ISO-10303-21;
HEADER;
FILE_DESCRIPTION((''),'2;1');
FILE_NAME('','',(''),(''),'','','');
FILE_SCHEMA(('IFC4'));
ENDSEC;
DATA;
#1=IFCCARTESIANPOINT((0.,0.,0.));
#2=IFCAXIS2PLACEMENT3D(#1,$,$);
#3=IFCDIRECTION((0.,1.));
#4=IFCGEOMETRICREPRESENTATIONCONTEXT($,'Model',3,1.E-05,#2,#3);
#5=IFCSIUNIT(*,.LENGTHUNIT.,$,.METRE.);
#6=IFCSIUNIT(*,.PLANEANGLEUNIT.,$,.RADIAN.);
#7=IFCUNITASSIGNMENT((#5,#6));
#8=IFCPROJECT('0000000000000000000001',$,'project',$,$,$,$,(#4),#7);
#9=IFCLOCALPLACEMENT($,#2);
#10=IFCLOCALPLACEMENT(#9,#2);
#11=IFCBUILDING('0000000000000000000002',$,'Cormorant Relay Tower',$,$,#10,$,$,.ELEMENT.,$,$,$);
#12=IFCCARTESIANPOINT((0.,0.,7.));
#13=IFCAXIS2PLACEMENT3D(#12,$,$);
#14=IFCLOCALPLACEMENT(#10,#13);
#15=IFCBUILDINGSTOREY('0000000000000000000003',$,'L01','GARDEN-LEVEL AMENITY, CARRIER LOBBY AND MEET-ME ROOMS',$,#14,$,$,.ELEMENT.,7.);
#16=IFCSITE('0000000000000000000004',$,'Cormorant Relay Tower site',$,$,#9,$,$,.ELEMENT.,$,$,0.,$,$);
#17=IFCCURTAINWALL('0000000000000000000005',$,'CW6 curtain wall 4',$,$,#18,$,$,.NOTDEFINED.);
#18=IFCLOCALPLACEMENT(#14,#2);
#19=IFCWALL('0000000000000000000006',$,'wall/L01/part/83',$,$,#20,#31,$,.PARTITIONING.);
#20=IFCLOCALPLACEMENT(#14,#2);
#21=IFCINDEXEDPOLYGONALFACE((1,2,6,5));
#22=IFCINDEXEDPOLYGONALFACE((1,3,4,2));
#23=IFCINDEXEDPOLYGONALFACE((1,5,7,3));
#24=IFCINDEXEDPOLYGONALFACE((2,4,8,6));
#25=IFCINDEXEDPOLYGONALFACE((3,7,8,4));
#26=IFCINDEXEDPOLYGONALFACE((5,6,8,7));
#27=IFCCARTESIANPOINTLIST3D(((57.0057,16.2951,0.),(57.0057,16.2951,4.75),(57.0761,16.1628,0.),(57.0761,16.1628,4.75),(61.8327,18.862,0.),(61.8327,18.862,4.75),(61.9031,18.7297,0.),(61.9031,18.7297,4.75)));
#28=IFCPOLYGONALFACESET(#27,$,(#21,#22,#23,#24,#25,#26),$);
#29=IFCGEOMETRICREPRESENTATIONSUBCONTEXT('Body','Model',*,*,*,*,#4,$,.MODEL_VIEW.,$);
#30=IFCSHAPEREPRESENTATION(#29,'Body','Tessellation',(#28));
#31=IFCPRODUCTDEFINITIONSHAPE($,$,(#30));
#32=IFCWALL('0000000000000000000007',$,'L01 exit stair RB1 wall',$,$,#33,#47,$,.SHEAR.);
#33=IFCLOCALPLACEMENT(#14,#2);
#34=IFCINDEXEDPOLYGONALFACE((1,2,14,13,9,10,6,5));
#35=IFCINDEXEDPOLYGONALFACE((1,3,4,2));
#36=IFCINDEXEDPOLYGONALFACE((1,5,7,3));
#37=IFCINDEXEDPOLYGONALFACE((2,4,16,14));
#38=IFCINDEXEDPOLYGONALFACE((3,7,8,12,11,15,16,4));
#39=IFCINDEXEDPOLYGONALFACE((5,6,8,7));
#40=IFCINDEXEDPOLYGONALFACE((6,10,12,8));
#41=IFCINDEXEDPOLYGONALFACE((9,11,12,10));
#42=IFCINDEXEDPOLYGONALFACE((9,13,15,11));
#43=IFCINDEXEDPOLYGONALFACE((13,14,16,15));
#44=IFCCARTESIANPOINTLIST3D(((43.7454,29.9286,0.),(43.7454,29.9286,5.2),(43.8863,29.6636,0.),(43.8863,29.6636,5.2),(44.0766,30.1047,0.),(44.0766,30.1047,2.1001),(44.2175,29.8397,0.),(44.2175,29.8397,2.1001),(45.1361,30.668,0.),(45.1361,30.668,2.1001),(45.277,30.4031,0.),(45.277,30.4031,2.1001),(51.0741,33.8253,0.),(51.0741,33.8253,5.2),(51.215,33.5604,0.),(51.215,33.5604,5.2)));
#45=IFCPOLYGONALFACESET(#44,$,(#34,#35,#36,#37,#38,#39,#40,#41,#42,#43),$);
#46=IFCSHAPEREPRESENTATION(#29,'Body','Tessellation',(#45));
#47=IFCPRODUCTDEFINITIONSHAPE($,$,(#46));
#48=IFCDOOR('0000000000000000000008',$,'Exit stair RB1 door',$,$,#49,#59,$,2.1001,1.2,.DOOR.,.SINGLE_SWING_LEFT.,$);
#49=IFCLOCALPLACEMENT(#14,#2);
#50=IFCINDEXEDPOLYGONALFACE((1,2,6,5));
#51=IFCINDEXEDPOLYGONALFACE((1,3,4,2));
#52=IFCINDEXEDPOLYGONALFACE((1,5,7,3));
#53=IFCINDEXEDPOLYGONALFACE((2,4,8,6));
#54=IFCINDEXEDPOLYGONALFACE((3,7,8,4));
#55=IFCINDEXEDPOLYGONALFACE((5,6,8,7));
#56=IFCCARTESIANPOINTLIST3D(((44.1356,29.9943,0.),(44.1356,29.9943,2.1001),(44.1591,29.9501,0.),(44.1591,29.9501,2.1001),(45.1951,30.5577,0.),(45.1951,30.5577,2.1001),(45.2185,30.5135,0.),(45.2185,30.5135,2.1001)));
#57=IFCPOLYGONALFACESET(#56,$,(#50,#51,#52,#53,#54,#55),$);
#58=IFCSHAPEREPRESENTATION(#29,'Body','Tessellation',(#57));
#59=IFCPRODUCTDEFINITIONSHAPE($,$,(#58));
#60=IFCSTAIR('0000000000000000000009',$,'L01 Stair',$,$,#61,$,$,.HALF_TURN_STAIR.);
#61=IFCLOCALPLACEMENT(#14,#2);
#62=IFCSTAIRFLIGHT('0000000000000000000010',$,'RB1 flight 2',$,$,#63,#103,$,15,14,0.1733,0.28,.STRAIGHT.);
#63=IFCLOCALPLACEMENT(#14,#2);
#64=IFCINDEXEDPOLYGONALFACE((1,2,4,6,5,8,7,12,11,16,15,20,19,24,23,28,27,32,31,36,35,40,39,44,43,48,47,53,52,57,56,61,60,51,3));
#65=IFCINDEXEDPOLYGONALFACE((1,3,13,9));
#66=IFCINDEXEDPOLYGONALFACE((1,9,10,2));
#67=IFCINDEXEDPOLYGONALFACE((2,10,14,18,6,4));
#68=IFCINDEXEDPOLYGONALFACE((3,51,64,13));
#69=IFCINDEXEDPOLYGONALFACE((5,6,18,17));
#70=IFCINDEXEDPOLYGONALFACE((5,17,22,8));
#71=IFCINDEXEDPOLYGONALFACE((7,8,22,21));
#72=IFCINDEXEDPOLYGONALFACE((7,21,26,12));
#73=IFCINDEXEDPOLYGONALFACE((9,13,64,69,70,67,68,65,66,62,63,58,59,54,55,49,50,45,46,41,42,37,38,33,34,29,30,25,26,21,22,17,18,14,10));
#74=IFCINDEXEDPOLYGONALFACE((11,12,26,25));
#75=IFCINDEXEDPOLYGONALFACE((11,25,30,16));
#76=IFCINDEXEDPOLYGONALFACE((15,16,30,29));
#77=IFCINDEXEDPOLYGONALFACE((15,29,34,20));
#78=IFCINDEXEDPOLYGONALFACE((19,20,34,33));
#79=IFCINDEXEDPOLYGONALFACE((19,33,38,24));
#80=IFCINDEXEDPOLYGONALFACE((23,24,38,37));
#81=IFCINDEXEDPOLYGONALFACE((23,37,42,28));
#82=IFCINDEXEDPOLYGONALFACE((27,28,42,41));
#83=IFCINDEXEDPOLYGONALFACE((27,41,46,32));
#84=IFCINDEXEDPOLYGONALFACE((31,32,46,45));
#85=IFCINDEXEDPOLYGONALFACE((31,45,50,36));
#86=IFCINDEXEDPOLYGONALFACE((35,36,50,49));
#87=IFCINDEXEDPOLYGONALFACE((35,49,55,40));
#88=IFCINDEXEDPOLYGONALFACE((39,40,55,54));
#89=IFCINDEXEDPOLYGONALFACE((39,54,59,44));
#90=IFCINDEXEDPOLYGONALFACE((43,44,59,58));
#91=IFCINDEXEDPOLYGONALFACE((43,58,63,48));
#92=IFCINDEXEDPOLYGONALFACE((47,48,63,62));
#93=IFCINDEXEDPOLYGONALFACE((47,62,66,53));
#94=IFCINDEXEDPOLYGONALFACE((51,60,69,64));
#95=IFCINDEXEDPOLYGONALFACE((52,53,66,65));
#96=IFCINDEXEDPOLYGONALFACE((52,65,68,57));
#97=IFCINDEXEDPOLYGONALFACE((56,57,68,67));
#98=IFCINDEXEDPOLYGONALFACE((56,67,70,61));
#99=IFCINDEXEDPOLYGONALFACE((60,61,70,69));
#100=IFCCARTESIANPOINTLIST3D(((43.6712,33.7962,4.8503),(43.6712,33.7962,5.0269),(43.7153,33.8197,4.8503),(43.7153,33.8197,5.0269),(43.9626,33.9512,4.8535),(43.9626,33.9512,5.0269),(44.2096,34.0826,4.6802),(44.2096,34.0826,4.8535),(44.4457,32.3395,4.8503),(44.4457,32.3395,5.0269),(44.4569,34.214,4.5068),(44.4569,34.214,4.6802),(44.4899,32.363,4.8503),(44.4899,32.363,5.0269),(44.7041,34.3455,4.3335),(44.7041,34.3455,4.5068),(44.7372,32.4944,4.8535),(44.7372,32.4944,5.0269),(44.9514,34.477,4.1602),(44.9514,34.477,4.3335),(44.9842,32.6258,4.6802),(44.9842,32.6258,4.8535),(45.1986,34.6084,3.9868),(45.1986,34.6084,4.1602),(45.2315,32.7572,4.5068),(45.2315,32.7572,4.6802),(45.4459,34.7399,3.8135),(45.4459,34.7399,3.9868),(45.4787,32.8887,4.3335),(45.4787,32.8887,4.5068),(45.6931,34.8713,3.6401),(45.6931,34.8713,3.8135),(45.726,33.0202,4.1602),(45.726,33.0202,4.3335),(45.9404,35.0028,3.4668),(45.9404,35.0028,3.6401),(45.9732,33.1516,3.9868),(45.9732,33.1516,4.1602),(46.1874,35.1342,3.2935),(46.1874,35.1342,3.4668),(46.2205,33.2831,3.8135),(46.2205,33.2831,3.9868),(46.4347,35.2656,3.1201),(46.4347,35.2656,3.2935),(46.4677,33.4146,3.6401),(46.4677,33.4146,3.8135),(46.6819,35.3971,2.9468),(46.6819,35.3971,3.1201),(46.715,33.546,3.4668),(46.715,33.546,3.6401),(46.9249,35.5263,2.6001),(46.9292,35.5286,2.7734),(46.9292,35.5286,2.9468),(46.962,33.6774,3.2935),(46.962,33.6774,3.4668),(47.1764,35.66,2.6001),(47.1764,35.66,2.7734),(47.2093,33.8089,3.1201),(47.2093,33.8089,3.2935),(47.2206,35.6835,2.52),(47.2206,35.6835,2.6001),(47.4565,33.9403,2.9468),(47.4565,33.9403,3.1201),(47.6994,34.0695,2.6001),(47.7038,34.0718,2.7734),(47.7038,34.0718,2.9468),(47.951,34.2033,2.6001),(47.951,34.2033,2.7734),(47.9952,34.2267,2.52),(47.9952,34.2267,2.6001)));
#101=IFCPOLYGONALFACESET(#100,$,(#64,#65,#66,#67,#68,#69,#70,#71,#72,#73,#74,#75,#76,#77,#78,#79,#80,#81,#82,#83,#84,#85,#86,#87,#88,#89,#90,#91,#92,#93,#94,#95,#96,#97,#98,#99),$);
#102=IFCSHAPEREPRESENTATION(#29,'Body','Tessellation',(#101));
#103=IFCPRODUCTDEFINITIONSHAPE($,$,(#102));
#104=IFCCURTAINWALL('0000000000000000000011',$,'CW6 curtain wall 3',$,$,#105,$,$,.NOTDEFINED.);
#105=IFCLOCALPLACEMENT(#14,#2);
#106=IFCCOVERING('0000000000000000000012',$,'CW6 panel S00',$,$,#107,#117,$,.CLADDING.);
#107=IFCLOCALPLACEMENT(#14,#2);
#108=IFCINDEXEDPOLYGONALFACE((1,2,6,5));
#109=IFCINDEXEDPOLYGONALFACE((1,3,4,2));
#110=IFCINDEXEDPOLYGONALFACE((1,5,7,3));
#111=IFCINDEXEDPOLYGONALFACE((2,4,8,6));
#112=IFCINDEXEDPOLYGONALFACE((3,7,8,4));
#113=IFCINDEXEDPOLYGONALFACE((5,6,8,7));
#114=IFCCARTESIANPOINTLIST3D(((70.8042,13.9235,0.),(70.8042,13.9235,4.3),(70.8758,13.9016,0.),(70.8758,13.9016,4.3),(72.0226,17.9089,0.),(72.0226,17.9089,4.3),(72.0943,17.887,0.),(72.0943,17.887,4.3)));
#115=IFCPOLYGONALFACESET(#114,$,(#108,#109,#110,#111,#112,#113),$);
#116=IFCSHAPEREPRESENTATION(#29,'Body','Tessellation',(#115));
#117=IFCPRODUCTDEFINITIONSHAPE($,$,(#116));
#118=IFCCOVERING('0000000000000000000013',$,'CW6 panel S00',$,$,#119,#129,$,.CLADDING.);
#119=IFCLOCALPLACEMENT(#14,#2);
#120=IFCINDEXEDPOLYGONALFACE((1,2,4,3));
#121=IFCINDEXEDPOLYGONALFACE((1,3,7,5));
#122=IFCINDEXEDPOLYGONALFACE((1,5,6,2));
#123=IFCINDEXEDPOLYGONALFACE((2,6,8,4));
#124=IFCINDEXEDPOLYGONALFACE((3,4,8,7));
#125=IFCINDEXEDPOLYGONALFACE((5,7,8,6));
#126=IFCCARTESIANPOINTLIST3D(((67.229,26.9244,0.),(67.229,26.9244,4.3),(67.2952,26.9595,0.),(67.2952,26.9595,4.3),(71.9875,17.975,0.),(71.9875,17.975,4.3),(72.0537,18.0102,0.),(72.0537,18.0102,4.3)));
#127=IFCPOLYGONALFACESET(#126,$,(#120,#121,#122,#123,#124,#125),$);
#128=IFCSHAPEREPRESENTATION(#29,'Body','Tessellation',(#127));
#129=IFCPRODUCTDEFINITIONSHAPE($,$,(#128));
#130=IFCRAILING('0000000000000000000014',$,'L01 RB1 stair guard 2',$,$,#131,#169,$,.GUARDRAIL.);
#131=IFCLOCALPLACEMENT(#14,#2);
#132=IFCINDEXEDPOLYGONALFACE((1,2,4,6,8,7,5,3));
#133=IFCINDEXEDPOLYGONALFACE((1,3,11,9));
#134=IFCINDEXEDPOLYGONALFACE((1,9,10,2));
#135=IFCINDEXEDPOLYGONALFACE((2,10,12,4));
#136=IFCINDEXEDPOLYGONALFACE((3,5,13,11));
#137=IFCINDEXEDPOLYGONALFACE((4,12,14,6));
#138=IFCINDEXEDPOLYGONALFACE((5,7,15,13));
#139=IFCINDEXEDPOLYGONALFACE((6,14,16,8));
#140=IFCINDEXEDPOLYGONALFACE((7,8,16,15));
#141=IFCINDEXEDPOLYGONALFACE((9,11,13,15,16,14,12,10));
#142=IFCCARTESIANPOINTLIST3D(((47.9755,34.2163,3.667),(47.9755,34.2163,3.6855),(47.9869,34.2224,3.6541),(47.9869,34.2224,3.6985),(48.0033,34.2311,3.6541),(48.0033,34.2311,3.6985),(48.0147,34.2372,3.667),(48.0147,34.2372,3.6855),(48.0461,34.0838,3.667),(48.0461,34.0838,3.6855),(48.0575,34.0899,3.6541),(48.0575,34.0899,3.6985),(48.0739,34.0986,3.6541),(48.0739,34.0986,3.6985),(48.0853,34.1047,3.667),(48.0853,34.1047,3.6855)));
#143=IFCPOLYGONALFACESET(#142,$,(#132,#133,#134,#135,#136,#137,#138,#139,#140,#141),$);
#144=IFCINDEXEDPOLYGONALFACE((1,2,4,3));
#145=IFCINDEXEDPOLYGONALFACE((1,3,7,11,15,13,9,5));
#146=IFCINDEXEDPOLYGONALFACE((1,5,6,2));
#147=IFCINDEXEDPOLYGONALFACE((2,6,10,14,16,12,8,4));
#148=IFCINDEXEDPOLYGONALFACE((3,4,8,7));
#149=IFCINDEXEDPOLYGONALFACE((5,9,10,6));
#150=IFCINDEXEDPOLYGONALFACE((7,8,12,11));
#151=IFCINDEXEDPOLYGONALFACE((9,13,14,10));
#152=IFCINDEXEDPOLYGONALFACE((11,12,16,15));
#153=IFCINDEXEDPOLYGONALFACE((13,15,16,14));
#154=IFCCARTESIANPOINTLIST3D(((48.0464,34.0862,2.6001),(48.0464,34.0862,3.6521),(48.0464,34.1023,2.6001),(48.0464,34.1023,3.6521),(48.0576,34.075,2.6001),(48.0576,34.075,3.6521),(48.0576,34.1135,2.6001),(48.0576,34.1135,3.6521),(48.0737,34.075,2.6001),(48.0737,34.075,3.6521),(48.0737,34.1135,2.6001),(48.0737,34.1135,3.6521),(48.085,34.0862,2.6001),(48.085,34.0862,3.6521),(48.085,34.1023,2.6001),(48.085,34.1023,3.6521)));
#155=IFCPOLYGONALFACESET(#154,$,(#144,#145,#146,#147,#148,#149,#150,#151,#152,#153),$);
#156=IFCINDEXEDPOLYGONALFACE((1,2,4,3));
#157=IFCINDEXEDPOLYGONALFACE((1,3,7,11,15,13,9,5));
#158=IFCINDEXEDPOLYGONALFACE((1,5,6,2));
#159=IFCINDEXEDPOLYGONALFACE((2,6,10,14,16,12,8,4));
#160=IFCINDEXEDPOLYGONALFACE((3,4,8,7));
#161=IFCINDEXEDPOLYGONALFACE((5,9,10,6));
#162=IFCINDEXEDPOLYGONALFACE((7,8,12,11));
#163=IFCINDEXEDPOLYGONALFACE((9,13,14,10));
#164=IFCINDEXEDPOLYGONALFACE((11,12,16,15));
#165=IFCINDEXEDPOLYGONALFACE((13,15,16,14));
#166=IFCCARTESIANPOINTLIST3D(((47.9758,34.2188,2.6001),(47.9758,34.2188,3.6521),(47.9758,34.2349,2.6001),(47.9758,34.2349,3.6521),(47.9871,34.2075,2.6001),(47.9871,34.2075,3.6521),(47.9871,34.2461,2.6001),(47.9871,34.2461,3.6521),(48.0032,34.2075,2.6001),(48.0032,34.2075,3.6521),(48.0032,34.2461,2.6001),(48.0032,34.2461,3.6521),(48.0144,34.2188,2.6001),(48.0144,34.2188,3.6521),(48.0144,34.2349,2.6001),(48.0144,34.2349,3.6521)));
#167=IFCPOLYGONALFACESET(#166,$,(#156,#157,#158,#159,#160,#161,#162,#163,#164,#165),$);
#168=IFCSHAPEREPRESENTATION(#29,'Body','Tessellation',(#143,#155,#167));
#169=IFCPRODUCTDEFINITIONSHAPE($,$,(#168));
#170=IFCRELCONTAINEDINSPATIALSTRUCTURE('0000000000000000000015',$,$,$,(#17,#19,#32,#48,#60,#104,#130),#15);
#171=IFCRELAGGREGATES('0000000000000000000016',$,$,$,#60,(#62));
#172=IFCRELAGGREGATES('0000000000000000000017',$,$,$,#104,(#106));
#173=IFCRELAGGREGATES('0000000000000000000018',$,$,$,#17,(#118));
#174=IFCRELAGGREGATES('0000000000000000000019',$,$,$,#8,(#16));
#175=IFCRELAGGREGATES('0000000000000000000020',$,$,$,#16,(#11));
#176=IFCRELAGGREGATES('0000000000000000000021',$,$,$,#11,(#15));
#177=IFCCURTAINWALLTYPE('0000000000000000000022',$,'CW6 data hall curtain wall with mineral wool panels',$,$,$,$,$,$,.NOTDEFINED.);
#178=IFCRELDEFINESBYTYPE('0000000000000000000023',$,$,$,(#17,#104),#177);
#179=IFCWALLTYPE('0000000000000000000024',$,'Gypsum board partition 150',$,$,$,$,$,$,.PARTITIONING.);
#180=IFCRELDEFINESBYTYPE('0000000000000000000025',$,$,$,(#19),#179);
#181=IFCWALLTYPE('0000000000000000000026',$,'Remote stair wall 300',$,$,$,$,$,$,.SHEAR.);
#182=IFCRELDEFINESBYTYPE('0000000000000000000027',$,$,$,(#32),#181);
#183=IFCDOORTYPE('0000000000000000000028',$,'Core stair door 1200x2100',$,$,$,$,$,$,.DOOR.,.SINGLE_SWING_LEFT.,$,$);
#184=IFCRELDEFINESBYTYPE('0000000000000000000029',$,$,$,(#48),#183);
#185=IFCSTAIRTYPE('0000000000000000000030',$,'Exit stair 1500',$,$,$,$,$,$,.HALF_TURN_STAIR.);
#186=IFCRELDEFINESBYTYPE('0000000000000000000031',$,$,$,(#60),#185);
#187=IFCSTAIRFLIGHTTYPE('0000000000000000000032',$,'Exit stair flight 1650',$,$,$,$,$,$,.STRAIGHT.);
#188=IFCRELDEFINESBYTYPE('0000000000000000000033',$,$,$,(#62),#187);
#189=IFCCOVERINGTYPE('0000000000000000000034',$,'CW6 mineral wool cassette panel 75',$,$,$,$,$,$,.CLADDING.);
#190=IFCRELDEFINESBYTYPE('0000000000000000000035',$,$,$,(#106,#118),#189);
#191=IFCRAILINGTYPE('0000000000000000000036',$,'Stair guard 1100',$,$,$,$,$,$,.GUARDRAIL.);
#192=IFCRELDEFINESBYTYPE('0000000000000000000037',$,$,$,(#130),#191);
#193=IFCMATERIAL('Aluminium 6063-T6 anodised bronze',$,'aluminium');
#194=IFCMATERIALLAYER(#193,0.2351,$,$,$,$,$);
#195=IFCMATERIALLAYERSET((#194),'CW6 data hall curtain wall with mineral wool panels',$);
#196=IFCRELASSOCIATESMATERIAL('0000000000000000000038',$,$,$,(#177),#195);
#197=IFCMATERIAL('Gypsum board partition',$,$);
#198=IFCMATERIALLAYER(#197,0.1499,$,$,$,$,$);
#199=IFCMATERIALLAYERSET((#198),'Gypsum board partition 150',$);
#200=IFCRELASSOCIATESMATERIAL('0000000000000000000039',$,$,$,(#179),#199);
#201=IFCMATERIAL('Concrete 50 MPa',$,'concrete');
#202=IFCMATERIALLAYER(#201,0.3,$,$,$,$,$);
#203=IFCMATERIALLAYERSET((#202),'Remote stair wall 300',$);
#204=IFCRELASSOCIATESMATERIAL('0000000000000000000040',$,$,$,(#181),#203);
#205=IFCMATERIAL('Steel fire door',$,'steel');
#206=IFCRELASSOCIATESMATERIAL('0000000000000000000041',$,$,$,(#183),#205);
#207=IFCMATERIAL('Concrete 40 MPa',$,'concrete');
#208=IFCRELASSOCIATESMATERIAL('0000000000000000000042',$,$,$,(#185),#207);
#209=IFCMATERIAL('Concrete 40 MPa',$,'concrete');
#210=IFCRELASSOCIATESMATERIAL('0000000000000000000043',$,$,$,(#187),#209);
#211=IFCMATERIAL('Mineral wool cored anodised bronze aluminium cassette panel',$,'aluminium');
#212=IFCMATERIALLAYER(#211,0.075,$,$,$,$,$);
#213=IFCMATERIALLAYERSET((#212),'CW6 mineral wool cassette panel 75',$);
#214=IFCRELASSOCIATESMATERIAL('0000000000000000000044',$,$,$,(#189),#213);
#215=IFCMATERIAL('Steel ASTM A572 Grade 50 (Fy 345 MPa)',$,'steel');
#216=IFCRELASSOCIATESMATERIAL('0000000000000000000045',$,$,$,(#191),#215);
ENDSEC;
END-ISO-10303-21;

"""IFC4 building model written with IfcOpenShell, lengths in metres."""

from ifc_helpers import new_model, si_unit, direction, frame, frame_2d, origin, origin_2d, place, context, subcontext, project, spatial, polyline, rectangle, outline, extrude, material, layer, layer_set, type_object, element, fill, aggregate, save


model = new_model("IFC4")

# Units and contexts
model_context = context("Model", 3, precision=1e-05, world=origin(), true_north=direction((0.0, 1.0)))
body_context = subcontext(model_context, "Body", "Model", "MODEL_VIEW")
ifc_project = project(units=[si_unit("LENGTHUNIT", "METRE"), si_unit("PLANEANGLEUNIT", "RADIAN")], contexts=[model_context])

# Site, building, storey
site_placement = place(None, origin())
site = spatial("IfcSite", under=ifc_project, at=site_placement, Name="Cormorant Relay Tower site", CompositionType="ELEMENT", RefElevation=0.0)
building_placement = place(site_placement, origin())
building = spatial("IfcBuilding", under=site, at=building_placement, Name="Cormorant Relay Tower", CompositionType="ELEMENT")
storey_placement = place(building_placement, frame((0.0, 0.0, 7.0)))
storey = spatial("IfcBuildingStorey", under=building, at=storey_placement, Name="L01", Description="GARDEN-LEVEL AMENITY, CARRIER LOBBY AND MEET-ME ROOMS", CompositionType="ELEMENT", Elevation=7.0)

# Curtain wall
ifc_material_1 = material(Name="Aluminium 6063-T6 anodised bronze", Category="aluminium")
ifc_layer_1 = layer(ifc_material_1, 0.2351)
ifc_layer_set_1 = layer_set([ifc_layer_1], Name="CW6 data hall curtain wall with mineral wool panels")
curtain_wall_type = type_object("IfcCurtainWallType", Name="CW6 data hall curtain wall with mineral wool panels", PredefinedType="NOTDEFINED", material=ifc_layer_set_1)
curtain_wall_1_placement = place(storey_placement, origin())
curtain_wall_1 = element("IfcCurtainWall", 1, at=curtain_wall_1_placement, inside=storey, type_object=curtain_wall_type, Name="CW6 curtain wall 4", PredefinedType="NOTDEFINED")

# Wall
ifc_material_2 = material(Name="Gypsum board partition")
ifc_layer_2 = layer(ifc_material_2, 0.1499)
ifc_layer_set_2 = layer_set([ifc_layer_2], Name="Gypsum board partition 150")
wall_type_1 = type_object("IfcWallType", Name="Gypsum board partition 150", PredefinedType="PARTITIONING", material=ifc_layer_set_2)
wall_1_placement = place(storey_placement, frame((57.041, 16.229, 0.0), z_axis=(0.0, 0.0, 1.0), x_axis=(0.882918, 0.469526, 0.0)))
element("IfcWall", 2, at=wall_1_placement, inside=storey, type_object=wall_type_1, Name="wall/L01/part/83", PredefinedType="PARTITIONING", context=body_context, shape_type="SweptSolid", body=[
    extrude(rectangle(XDim=5.467, YDim=0.1499, at=frame_2d((2.7334, 0.0))), origin(), (0.0, 0.0, 1.0), 4.75),
])

# Wall, opening, door
ifc_material_3 = material(Name="Concrete 50 MPa", Category="concrete")
ifc_layer_3 = layer(ifc_material_3, 0.3)
ifc_layer_set_3 = layer_set([ifc_layer_3], Name="Remote stair wall 300")
wall_type_2 = type_object("IfcWallType", Name="Remote stair wall 300", PredefinedType="SHEAR", material=ifc_layer_set_3)
wall_2_placement = place(storey_placement, frame((51.1445, 33.6929, 0.0), z_axis=(0.0, 0.0, 1.0), x_axis=(-0.882946, -0.469475, 0.0)))
wall_2 = element("IfcWall", 3, at=wall_2_placement, inside=storey, type_object=wall_type_2, Name="L01 exit stair RB1 wall", PredefinedType="SHEAR", context=body_context, shape_type="SweptSolid", body=[
    extrude(rectangle(XDim=8.3003, YDim=0.3, at=frame_2d((4.1501, 0.0))), origin(), (0.0, 0.0, 1.0), 5.2),
])
opening_1_placement = place(wall_2_placement, frame((6.7251, 0.0, 0.0)))
opening_1 = element("IfcOpeningElement", 4, at=opening_1_placement, cuts=wall_2, PredefinedType="OPENING", context=body_context, shape_type="SweptSolid", body=[
    extrude(rectangle(XDim=1.2, YDim=2.1001, at=frame_2d((0.6001, 1.05))), frame((0.0, 0.1599, 0.0), z_axis=(0.0, -1.0, 0.0), x_axis=(1.0, 0.0, 0.0)), (0.0, 0.0, 1.0), 0.3201),
])
ifc_material_4 = material(Name="Steel fire door", Category="steel")
door_type_1 = type_object("IfcDoorType", Name="Core stair door 1200x2100", OperationType="SINGLE_SWING_LEFT", PredefinedType="DOOR", material=ifc_material_4)
door_1_placement = place(opening_1_placement, frame((1.2, 0.0, 0.0), z_axis=(0.0, 0.0, 1.0), x_axis=(-1.0, 0.0, 0.0)))
door_1 = element("IfcDoor", 5, at=door_1_placement, inside=storey, type_object=door_type_1, Name="Exit stair RB1 door", OperationType="SINGLE_SWING_LEFT", OverallHeight=2.1001, OverallWidth=1.2, PredefinedType="DOOR", context=body_context, shape_type="SweptSolid", body=[
    extrude(rectangle(XDim=1.2, YDim=2.1001, at=frame_2d((0.6001, 1.05))), frame((0.0, 0.0249, 0.0), z_axis=(0.0, -1.0, 0.0), x_axis=(1.0, 0.0, 0.0)), (0.0, 0.0, 1.0), 0.05),
])
fill(opening_1, door_1)

# Stair, stair flight
ifc_material_5 = material(Name="Concrete 40 MPa", Category="concrete")
stair_type = type_object("IfcStairType", Name="Exit stair 1500", PredefinedType="HALF_TURN_STAIR", material=ifc_material_5)
stair_placement = place(storey_placement, origin())
stair = element("IfcStair", 6, at=stair_placement, inside=storey, type_object=stair_type, Name="L01 Stair", PredefinedType="HALF_TURN_STAIR")
ifc_material_6 = material(Name="Concrete 40 MPa", Category="concrete")
stair_flight_type = type_object("IfcStairFlightType", Name="Exit stair flight 1650", PredefinedType="STRAIGHT", material=ifc_material_6)
stair_flight_placement = place(storey_placement, frame((47.5637, 34.9316, 2.6001), z_axis=(0.0, 0.0, 1.0), x_axis=(-0.882948, -0.469472, 0.0)))
stair_flight = element("IfcStairFlight", 7, at=stair_flight_placement, type_object=stair_flight_type, Name="RB1 flight 2", NumberOfRisers=15, NumberOfTreads=14, PredefinedType="STRAIGHT", RiserHeight=0.1733, TreadLength=0.28, context=body_context, shape_type="SweptSolid", body=[
    extrude(outline(polyline([(-0.05, -0.0801), (-0.05, 0.0), (0.0, 0.0), (0.0, 0.1733), (0.28, 0.1733), (0.28, 0.3467), (0.5601, 0.3467), (0.5601, 0.52), (0.8401, 0.52), (0.8401, 0.6934), (1.1201, 0.6934), (1.1201, 0.8667), (1.3999, 0.8667), (1.3999, 1.04), (1.6799, 1.04), (1.6799, 1.2134), (1.96, 1.2134), (1.96, 1.3867), (2.24, 1.3867), (2.24, 1.5601), (2.52, 1.5601), (2.52, 1.7334), (2.8, 1.7334), (2.8, 1.9067), (3.0801, 1.9067), (3.0801, 2.0801), (3.3601, 2.0801), (3.3601, 2.2534), (3.6399, 2.2534), (3.6399, 2.4268), (3.9199, 2.4268), (3.97, 2.4268), (3.97, 2.2502), (3.9199, 2.2502), (0.2849, 0.0), (-0.05, -0.0801)])), frame((0.0, 0.825, 0.0), z_axis=(0.0, -1.0, 0.0), x_axis=(1.0, 0.0, 0.0)), (0.0, 0.0, 1.0), 1.6499),
])
aggregate(stair, [stair_flight])

# Curtain wall, covering
curtain_wall_2_placement = place(storey_placement, origin())
curtain_wall_2 = element("IfcCurtainWall", 8, at=curtain_wall_2_placement, inside=storey, type_object=curtain_wall_type, Name="CW6 curtain wall 3", PredefinedType="NOTDEFINED")
ifc_material_7 = material(Name="Mineral wool cored anodised bronze aluminium cassette panel", Category="aluminium")
ifc_layer_4 = layer(ifc_material_7, 0.075)
ifc_layer_set_4 = layer_set([ifc_layer_4], Name="CW6 mineral wool cassette panel 75")
covering_type = type_object("IfcCoveringType", Name="CW6 mineral wool cassette panel 75", PredefinedType="CLADDING", material=ifc_layer_set_4)
covering_1_placement = place(storey_placement, frame((71.4492, 15.9053, 0.0), z_axis=(0.0, 0.0, 1.0), x_axis=(0.292372, 0.956305, 0.0)))
covering_1 = element("IfcCovering", 9, at=covering_1_placement, type_object=covering_type, Name="CW6 panel S00", PredefinedType="CLADDING", context=body_context, shape_type="SweptSolid", body=[
    extrude(rectangle(XDim=4.1675, YDim=0.075, at=origin_2d()), origin(), (0.0, 0.0, 1.0), 4.3),
])
aggregate(curtain_wall_2, [covering_1])

# Covering
covering_2_placement = place(storey_placement, frame((69.6414, 22.4673, 0.0), z_axis=(0.0, 0.0, 1.0), x_axis=(-0.469472, 0.882948, 0.0)))
covering_2 = element("IfcCovering", 10, at=covering_2_placement, type_object=covering_type, Name="CW6 panel S00", PredefinedType="CLADDING", context=body_context, shape_type="SweptSolid", body=[
    extrude(rectangle(XDim=10.1357, YDim=0.075, at=origin_2d()), origin(), (0.0, 0.0, 1.0), 4.3),
])
aggregate(curtain_wall_1, [covering_2])

# Railing
ifc_material_8 = material(Name="Steel ASTM A572 Grade 50 (Fy 345 MPa)", Category="steel")
railing_type_1 = type_object("IfcRailingType", Name="Stair guard 1100", PredefinedType="GUARDRAIL", material=ifc_material_8)
railing_1_placement = place(storey_placement, frame((48.0657, 34.0942, 2.6001)))
element("IfcRailing", 11, at=railing_1_placement, inside=storey, type_object=railing_type_1, Name="L01 RB1 stair guard 2", PredefinedType="GUARDRAIL", context=body_context, shape_type="SweptSolid", body=[
    extrude(outline(polyline([(0.0222, 0.0093), (0.0093, 0.0222), (-0.0093, 0.0222), (-0.0222, 0.0093), (-0.0222, -0.0093), (-0.0093, -0.0222), (0.0093, -0.0222), (0.0222, -0.0093), (0.0222, 0.0093)])), frame((0.0, 0.0, 1.0762), z_axis=(-0.469829, 0.882758, 0.0), x_axis=(-0.882758, -0.469829, 0.0)), (0.0, 0.0, 1.0), 0.1501),
    extrude(outline(polyline([(0.0193, 0.0081), (0.0081, 0.0193), (-0.0081, 0.0193), (-0.0193, 0.0081), (-0.0193, -0.0081), (-0.0081, -0.0193), (0.0081, -0.0193), (0.0193, -0.0081), (0.0193, 0.0081)])), origin(), (0.0, 0.0, 1.0), 1.052),
    extrude(outline(polyline([(0.0193, 0.0081), (0.0081, 0.0193), (-0.0081, 0.0193), (-0.0193, 0.0081), (-0.0193, -0.0081), (-0.0081, -0.0193), (0.0081, -0.0193), (0.0193, -0.0081), (0.0193, 0.0081)])), frame((-0.0706, 0.1326, 0.0)), (0.0, 0.0, 1.0), 1.052),
])

save(model, "model.ifc")
